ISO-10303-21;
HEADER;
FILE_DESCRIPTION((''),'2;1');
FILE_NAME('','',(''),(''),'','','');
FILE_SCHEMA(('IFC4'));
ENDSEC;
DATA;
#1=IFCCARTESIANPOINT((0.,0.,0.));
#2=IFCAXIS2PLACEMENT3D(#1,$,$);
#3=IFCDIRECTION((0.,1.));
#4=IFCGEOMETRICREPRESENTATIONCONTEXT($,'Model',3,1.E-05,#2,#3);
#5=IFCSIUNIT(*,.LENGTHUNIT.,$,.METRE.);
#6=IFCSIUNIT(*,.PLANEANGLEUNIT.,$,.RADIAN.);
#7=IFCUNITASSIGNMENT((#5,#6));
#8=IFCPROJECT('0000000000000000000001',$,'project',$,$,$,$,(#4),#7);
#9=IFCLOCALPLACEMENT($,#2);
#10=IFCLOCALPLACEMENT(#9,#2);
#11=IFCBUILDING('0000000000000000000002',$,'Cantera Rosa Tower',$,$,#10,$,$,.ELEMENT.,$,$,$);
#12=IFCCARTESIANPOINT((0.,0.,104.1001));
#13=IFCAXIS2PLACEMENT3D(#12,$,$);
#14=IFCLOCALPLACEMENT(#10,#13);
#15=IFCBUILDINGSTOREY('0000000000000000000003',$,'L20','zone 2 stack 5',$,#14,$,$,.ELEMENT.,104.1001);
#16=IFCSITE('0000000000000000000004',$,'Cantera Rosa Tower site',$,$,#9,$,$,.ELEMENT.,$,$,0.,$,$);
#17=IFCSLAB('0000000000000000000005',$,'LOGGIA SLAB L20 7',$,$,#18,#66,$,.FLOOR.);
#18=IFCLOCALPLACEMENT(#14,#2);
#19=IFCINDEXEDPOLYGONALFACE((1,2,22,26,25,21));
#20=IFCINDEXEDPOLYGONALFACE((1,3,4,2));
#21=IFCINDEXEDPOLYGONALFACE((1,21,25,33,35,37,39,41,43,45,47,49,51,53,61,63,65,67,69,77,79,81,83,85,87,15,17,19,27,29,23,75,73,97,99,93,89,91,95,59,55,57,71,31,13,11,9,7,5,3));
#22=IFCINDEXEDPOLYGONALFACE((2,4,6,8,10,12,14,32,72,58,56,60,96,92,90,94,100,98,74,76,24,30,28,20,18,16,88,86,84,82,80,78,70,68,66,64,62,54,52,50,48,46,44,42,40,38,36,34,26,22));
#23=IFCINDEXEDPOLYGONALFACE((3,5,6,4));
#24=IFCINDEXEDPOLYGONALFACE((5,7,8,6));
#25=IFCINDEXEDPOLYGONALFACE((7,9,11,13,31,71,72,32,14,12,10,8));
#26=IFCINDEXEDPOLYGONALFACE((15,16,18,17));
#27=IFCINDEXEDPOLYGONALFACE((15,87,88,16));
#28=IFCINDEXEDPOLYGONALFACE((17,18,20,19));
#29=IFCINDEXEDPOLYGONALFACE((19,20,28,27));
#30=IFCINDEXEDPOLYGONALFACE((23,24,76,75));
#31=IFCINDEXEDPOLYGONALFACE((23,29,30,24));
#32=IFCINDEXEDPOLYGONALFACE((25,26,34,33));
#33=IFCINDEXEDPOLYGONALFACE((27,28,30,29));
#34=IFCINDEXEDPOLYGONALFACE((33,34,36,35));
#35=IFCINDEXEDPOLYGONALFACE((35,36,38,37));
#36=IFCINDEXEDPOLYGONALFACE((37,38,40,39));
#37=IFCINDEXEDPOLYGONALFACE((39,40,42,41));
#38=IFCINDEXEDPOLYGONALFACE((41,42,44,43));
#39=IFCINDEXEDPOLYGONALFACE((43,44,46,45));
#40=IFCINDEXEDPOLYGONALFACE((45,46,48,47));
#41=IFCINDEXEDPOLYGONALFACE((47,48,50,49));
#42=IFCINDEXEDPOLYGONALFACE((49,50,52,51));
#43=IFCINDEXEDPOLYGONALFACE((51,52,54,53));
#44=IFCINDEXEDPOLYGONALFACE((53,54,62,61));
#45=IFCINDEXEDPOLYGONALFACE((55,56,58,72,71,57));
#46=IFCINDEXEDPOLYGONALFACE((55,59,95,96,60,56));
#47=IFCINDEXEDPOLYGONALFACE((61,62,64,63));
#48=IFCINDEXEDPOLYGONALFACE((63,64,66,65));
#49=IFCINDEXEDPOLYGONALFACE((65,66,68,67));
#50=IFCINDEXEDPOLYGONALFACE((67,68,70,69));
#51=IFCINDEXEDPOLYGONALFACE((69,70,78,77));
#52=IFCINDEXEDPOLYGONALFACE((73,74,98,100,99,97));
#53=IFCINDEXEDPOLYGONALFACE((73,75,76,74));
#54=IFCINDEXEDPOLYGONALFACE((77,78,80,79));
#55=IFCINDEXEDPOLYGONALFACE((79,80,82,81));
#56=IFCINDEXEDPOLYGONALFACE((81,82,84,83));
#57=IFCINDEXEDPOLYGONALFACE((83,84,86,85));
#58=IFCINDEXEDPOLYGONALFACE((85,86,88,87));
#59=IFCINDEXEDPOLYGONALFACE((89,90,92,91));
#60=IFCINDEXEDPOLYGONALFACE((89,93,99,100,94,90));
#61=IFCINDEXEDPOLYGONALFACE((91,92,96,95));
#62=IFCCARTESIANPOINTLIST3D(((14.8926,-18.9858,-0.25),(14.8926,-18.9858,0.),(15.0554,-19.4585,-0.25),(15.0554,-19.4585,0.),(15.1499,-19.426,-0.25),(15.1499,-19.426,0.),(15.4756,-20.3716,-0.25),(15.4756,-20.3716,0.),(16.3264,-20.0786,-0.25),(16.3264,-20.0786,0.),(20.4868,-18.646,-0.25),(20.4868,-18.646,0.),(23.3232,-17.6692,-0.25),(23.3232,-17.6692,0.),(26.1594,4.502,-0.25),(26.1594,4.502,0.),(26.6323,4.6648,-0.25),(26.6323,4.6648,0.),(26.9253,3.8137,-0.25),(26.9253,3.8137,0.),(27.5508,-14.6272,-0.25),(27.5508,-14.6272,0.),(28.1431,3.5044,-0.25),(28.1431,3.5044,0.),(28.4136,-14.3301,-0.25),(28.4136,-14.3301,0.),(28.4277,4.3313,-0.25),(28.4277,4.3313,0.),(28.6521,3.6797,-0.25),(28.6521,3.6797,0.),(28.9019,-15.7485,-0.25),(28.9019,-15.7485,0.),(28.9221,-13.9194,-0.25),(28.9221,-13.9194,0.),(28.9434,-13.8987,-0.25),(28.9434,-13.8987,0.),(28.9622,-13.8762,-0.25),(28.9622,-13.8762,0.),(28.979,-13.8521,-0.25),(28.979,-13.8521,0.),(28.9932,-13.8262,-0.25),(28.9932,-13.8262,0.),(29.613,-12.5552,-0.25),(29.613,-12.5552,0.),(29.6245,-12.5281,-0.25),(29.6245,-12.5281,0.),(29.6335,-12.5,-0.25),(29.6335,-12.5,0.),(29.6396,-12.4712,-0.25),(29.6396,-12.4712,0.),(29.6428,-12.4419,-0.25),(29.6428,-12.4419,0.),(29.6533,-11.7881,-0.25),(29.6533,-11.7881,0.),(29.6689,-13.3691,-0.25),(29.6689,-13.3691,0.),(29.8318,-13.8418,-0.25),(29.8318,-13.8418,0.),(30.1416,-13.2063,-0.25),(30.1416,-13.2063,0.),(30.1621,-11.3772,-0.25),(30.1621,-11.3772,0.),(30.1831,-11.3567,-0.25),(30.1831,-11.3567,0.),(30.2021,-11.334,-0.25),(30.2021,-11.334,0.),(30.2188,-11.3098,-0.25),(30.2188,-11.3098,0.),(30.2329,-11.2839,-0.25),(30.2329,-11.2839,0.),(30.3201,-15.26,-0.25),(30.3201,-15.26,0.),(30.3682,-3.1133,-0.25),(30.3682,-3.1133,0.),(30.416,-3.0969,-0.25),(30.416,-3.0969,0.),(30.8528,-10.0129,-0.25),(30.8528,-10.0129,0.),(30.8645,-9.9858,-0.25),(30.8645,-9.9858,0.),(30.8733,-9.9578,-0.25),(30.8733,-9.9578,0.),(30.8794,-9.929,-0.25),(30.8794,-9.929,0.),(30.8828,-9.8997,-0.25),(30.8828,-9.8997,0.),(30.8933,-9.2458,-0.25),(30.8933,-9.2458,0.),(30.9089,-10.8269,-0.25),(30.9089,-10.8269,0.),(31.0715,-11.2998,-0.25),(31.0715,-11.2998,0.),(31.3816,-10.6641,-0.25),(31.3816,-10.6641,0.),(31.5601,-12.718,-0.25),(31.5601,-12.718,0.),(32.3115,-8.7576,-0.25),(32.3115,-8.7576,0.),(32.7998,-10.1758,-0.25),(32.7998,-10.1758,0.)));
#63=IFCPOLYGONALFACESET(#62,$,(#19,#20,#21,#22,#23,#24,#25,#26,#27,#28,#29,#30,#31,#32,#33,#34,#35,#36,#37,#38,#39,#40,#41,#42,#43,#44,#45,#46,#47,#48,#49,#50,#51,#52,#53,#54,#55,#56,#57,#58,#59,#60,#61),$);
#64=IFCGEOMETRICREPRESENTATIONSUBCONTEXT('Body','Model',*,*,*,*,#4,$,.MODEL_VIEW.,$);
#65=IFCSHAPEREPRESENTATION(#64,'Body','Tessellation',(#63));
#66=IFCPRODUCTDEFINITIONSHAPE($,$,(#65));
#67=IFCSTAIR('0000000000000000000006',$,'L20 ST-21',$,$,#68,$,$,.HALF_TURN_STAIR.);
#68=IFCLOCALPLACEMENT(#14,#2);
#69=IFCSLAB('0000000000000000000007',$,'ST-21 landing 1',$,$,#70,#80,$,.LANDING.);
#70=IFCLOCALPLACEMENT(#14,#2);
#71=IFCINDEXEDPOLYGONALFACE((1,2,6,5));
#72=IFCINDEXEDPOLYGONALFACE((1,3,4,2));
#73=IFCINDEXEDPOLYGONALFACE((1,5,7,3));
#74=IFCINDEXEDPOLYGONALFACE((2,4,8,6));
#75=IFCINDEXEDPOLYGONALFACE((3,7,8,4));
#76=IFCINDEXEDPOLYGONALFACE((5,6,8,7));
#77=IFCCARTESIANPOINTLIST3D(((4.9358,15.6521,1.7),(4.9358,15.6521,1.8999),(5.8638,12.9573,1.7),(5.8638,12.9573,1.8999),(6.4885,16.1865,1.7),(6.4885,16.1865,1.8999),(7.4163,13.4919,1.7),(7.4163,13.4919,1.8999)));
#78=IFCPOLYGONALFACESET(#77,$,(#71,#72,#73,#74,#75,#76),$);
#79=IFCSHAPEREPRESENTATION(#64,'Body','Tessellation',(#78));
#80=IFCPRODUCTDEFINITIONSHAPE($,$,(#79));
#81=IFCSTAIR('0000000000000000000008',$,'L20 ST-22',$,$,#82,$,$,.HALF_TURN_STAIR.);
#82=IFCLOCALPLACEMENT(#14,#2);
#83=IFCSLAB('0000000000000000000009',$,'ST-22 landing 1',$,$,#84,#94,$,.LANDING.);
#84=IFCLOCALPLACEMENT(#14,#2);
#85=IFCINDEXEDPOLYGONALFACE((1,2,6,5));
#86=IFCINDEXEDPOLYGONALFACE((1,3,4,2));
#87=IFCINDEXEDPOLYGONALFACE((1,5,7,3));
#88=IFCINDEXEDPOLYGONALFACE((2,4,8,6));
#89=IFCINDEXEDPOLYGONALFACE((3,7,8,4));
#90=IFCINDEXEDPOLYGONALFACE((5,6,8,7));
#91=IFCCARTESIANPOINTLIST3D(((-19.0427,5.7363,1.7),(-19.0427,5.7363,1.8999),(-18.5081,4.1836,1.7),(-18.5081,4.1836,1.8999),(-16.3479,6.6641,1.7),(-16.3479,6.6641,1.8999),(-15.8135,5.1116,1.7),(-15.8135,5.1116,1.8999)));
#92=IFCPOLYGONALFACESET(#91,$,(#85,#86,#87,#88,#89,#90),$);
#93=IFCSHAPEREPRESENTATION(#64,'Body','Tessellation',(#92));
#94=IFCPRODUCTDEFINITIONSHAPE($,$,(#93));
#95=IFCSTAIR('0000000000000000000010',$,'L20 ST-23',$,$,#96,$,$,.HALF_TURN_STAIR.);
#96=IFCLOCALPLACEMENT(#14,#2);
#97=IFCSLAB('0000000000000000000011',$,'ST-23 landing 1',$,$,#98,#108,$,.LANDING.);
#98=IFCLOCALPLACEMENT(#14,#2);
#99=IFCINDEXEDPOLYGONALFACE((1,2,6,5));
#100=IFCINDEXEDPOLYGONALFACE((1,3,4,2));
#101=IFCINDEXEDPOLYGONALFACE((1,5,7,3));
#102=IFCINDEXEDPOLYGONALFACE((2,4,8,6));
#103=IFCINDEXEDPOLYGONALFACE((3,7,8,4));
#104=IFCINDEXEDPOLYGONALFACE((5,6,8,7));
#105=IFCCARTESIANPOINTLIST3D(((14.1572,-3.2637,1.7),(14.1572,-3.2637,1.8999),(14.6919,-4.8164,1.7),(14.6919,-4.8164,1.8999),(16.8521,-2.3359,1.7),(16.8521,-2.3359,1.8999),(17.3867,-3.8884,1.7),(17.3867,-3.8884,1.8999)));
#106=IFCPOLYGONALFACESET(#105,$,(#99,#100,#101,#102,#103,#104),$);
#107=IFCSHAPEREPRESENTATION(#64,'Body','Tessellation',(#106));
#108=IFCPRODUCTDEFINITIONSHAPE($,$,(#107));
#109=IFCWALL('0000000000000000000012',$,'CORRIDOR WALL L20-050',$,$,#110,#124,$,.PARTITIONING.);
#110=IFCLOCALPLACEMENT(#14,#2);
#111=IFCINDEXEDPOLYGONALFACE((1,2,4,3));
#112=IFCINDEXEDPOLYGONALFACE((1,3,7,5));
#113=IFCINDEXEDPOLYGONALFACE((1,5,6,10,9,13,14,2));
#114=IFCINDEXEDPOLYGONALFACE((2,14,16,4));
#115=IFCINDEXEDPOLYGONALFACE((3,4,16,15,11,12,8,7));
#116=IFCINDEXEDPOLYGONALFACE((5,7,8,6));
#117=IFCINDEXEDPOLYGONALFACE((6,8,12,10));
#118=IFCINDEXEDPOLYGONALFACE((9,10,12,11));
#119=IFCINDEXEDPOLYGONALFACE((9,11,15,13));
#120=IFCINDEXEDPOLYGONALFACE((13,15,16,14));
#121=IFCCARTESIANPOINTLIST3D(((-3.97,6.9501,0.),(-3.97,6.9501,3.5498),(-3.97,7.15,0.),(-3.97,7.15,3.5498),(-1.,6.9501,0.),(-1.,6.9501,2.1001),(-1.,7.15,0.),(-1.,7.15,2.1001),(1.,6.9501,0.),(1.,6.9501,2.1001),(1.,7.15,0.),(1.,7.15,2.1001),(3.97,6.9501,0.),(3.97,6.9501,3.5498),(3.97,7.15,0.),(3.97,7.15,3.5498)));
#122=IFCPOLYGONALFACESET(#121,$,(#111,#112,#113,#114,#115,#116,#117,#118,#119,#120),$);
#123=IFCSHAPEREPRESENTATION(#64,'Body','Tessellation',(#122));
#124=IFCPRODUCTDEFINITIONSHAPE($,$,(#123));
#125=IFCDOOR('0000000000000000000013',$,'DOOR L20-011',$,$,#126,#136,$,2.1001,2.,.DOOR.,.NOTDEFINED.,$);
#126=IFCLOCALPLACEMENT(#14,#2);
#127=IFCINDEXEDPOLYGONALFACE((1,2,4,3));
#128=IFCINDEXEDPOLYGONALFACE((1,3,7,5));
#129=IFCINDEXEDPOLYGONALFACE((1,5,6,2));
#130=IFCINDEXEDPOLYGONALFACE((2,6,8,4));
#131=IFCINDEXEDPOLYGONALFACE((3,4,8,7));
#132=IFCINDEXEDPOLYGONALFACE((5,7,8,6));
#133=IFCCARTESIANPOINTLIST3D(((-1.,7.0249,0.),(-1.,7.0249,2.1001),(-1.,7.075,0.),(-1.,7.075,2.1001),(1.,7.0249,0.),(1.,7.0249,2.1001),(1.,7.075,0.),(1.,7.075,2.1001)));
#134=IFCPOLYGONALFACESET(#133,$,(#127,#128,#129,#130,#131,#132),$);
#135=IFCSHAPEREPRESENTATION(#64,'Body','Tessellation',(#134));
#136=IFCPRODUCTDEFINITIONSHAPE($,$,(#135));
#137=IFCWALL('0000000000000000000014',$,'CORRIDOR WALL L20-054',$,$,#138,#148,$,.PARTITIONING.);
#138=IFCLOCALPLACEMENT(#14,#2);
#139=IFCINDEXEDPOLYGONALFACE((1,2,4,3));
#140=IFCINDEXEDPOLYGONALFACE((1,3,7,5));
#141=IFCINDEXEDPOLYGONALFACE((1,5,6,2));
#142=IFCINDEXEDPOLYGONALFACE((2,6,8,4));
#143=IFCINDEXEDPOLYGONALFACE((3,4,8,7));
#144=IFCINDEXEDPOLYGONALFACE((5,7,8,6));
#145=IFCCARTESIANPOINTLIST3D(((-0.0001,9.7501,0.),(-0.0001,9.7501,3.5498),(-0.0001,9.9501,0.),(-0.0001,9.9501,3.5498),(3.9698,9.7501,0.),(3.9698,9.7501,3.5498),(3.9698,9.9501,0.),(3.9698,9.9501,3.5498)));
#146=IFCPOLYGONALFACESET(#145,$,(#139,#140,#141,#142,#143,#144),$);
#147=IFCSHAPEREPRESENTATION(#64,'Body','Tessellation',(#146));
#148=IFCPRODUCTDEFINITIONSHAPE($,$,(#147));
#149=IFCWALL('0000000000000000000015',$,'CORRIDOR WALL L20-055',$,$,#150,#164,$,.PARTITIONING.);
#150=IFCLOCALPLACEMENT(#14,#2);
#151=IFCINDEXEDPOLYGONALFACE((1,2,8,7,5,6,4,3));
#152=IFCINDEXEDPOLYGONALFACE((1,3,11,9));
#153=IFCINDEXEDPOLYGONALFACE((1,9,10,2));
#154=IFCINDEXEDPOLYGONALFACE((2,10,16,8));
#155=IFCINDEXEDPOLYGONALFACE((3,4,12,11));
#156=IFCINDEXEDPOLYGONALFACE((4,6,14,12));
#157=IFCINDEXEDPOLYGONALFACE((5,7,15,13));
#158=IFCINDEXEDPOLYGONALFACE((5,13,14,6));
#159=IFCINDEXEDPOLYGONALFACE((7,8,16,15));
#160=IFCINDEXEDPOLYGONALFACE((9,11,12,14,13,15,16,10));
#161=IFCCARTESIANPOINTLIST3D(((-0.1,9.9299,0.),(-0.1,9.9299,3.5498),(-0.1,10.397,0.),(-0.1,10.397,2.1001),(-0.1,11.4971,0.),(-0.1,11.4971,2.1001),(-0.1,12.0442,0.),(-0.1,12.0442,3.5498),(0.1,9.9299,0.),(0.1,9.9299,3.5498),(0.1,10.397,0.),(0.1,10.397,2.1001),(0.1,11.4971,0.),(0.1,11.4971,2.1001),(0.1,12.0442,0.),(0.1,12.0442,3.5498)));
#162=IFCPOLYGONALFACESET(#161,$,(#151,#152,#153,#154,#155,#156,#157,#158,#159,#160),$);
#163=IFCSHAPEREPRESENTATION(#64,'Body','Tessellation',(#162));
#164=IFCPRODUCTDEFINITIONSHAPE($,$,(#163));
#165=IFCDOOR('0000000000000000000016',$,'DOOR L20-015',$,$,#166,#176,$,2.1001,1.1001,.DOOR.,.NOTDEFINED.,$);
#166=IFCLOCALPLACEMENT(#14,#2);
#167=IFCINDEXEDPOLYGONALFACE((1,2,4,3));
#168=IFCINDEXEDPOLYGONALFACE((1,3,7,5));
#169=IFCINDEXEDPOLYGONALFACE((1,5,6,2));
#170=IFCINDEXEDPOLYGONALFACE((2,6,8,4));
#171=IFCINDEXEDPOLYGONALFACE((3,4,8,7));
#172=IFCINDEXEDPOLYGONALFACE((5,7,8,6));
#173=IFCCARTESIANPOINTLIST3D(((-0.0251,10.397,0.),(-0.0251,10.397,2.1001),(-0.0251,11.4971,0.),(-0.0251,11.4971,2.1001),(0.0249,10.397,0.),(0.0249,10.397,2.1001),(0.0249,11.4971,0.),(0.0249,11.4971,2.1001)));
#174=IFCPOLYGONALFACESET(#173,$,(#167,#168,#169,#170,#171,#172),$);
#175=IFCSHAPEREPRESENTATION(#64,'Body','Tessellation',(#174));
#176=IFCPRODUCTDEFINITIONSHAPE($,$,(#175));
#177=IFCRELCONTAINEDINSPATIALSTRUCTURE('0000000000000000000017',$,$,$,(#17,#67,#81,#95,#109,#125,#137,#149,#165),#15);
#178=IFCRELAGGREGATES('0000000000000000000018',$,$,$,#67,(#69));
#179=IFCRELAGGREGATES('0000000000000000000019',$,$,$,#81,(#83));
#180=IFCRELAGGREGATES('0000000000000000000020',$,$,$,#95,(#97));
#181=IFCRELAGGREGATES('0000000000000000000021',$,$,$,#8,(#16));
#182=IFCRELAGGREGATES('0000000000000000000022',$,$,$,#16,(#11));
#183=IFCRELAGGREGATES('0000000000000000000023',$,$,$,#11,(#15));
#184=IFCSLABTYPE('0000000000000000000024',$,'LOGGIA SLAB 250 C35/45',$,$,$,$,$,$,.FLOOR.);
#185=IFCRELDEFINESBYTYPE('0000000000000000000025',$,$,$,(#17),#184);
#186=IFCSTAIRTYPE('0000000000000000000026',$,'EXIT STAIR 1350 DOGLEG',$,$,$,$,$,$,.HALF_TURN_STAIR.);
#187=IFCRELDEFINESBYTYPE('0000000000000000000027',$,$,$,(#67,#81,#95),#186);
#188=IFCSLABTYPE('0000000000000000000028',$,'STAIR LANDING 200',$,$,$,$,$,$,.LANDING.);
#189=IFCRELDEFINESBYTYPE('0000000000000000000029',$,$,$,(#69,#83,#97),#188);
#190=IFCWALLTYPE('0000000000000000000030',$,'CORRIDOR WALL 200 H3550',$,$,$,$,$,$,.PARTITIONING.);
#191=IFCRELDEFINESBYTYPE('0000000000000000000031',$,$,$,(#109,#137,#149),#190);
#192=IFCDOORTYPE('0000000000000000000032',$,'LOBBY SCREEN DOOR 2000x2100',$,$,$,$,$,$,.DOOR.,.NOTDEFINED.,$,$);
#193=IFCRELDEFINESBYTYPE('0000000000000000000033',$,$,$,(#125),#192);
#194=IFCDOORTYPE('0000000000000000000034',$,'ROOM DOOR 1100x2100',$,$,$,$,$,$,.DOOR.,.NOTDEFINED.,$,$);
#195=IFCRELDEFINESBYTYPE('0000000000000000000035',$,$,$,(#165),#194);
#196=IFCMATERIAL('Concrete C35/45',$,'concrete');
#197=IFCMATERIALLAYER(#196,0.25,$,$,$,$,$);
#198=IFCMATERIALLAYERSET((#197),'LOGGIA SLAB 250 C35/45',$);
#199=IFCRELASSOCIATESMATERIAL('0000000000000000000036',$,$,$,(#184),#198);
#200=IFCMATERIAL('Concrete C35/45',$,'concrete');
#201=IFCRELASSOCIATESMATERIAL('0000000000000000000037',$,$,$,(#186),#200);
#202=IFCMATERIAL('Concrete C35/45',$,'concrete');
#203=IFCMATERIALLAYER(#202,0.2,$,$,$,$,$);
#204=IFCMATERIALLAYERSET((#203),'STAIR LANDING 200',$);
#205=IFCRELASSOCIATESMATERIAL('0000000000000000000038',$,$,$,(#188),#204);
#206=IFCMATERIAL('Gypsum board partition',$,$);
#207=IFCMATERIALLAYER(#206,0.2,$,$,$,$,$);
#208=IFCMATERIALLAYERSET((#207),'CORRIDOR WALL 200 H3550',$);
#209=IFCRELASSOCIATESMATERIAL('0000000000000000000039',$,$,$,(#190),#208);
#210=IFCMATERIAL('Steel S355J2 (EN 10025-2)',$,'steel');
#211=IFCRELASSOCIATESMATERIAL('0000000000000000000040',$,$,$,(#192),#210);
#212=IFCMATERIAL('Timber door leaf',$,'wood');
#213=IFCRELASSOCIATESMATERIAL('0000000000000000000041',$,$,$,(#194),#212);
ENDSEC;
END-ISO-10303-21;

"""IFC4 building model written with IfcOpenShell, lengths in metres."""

from ifc_helpers import new_model, si_unit, direction, frame, frame_2d, origin, place, context, subcontext, project, spatial, polyline, rectangle, outline, extrude, material, layer, layer_set, type_object, element, fill, aggregate, save


model = new_model("IFC4")

# Units and contexts
model_context = context("Model", 3, precision=1e-05, world=origin(), true_north=direction((0.0, 1.0)))
body_context = subcontext(model_context, "Body", "Model", "MODEL_VIEW")
ifc_project = project(units=[si_unit("LENGTHUNIT", "METRE"), si_unit("PLANEANGLEUNIT", "RADIAN")], contexts=[model_context])

# Site, building, storey
site_placement = place(None, origin())
site = spatial("IfcSite", under=ifc_project, at=site_placement, Name="Cantera Rosa Tower site", CompositionType="ELEMENT", RefElevation=0.0)
building_placement = place(site_placement, origin())
building = spatial("IfcBuilding", under=site, at=building_placement, Name="Cantera Rosa Tower", CompositionType="ELEMENT")
storey_placement = place(building_placement, frame((0.0, 0.0, 104.1001)))
storey = spatial("IfcBuildingStorey", under=building, at=storey_placement, Name="L20", Description="zone 2 stack 5", CompositionType="ELEMENT", Elevation=104.1001)

# Slab
ifc_material_1 = material(Name="Concrete C35/45", Category="concrete")
ifc_layer_1 = layer(ifc_material_1, 0.25)
ifc_layer_set_1 = layer_set([ifc_layer_1], Name="LOGGIA SLAB 250 C35/45")
slab_type_1 = type_object("IfcSlabType", Name="LOGGIA SLAB 250 C35/45", PredefinedType="FLOOR", material=ifc_layer_set_1)
slab_1_placement = place(storey_placement, frame((0.0, 0.0, -0.25)))
element("IfcSlab", 1, at=slab_1_placement, inside=storey, type_object=slab_type_1, Name="LOGGIA SLAB L20 7", PredefinedType="FLOOR", context=body_context, shape_type="SweptSolid", body=[
    extrude(outline(polyline([(30.416, -3.0969), (30.3682, -3.1133), (32.3115, -8.7576), (32.7998, -10.1758), (31.3816, -10.6641), (30.9089, -10.8269), (31.0715, -11.2998), (31.5601, -12.718), (30.1416, -13.2063), (29.6689, -13.3691), (29.8318, -13.8418), (30.3201, -15.26), (28.9019, -15.7485), (23.3232, -17.6692), (20.4868, -18.646), (16.3264, -20.0786), (15.4756, -20.3716), (15.1499, -19.426), (15.0554, -19.4585), (14.8926, -18.9858), (27.5508, -14.6272), (28.4136, -14.3301), (28.9221, -13.9194), (28.9434, -13.8987), (28.9622, -13.8762), (28.979, -13.8521), (28.9932, -13.8262), (29.613, -12.5552), (29.6245, -12.5281), (29.6335, -12.5), (29.6396, -12.4712), (29.6428, -12.4419), (29.6533, -11.7881), (30.1621, -11.3772), (30.1831, -11.3567), (30.2021, -11.334), (30.2188, -11.3098), (30.2329, -11.2839), (30.8528, -10.0129), (30.8645, -9.9858), (30.8733, -9.9578), (30.8794, -9.929), (30.8828, -9.8997), (30.8933, -9.2458), (26.1594, 4.502), (26.6323, 4.6648), (26.9253, 3.8137), (28.4277, 4.3313), (28.6521, 3.6797), (28.1431, 3.5044), (30.416, -3.0969)])), origin(), (0.0, 0.0, 1.0), 0.25),
])

# Stairs, slabs
ifc_material_2 = material(Name="Concrete C35/45", Category="concrete")
stair_type = type_object("IfcStairType", Name="EXIT STAIR 1350 DOGLEG", PredefinedType="HALF_TURN_STAIR", material=ifc_material_2)
stair_1_placement = place(storey_placement, origin())
stair_1 = element("IfcStair", 2, at=stair_1_placement, inside=storey, type_object=stair_type, Name="L20 ST-21", PredefinedType="HALF_TURN_STAIR")
ifc_material_3 = material(Name="Concrete C35/45", Category="concrete")
ifc_layer_2 = layer(ifc_material_3, 0.2)
ifc_layer_set_2 = layer_set([ifc_layer_2], Name="STAIR LANDING 200")
slab_type_2 = type_object("IfcSlabType", Name="STAIR LANDING 200", PredefinedType="LANDING", material=ifc_layer_set_2)
slab_2_placement = place(storey_placement, frame((0.0, 0.0, 1.7)))
slab_2 = element("IfcSlab", 3, at=slab_2_placement, type_object=slab_type_2, Name="ST-21 landing 1", PredefinedType="LANDING", context=body_context, shape_type="SweptSolid", body=[
    extrude(outline(polyline([(6.4885, 16.1865), (4.9358, 15.6521), (5.8638, 12.9573), (7.4163, 13.4919), (6.4885, 16.1865)])), origin(), (0.0, 0.0, 1.0), 0.2),
])
aggregate(stair_1, [slab_2])
stair_2_placement = place(storey_placement, origin())
stair_2 = element("IfcStair", 4, at=stair_2_placement, inside=storey, type_object=stair_type, Name="L20 ST-22", PredefinedType="HALF_TURN_STAIR")
slab_3_placement = place(storey_placement, frame((0.0, 0.0, 1.7)))
slab_3 = element("IfcSlab", 5, at=slab_3_placement, type_object=slab_type_2, Name="ST-22 landing 1", PredefinedType="LANDING", context=body_context, shape_type="SweptSolid", body=[
    extrude(outline(polyline([(-15.8135, 5.1116), (-16.3479, 6.6641), (-19.0427, 5.7363), (-18.5081, 4.1836), (-15.8135, 5.1116)])), origin(), (0.0, 0.0, 1.0), 0.2),
])
aggregate(stair_2, [slab_3])
stair_3_placement = place(storey_placement, origin())
stair_3 = element("IfcStair", 6, at=stair_3_placement, inside=storey, type_object=stair_type, Name="L20 ST-23", PredefinedType="HALF_TURN_STAIR")
slab_4_placement = place(storey_placement, frame((0.0, 0.0, 1.7)))
slab_4 = element("IfcSlab", 7, at=slab_4_placement, type_object=slab_type_2, Name="ST-23 landing 1", PredefinedType="LANDING", context=body_context, shape_type="SweptSolid", body=[
    extrude(outline(polyline([(17.3867, -3.8884), (16.8521, -2.3359), (14.1572, -3.2637), (14.6919, -4.8164), (17.3867, -3.8884)])), origin(), (0.0, 0.0, 1.0), 0.2),
])
aggregate(stair_3, [slab_4])

# Wall, opening, door
ifc_material_4 = material(Name="Gypsum board partition")
ifc_layer_3 = layer(ifc_material_4, 0.2)
ifc_layer_set_3 = layer_set([ifc_layer_3], Name="CORRIDOR WALL 200 H3550")
wall_type_1 = type_object("IfcWallType", Name="CORRIDOR WALL 200 H3550", PredefinedType="PARTITIONING", material=ifc_layer_set_3)
wall_1_placement = place(storey_placement, frame((-3.97, 7.05, 0.0), z_axis=(0.0, 0.0, 1.0), x_axis=(1.0, 0.0, 0.0)))
wall_1 = element("IfcWall", 8, at=wall_1_placement, inside=storey, type_object=wall_type_1, Name="CORRIDOR WALL L20-050", PredefinedType="PARTITIONING", context=body_context, shape_type="SweptSolid", body=[
    extrude(rectangle(XDim=7.9399, YDim=0.2, at=frame_2d((3.97, 0.0))), origin(), (0.0, 0.0, 1.0), 3.5498),
])
opening_1_placement = place(wall_1_placement, frame((2.97, 0.0, 0.0)))
opening_1 = element("IfcOpeningElement", 9, at=opening_1_placement, cuts=wall_1, PredefinedType="OPENING", context=body_context, shape_type="SweptSolid", body=[
    extrude(rectangle(XDim=2.0, YDim=2.1001, at=frame_2d((1.0, 1.05))), frame((0.0, 0.1099, 0.0), z_axis=(0.0, -1.0, 0.0), x_axis=(1.0, 0.0, 0.0)), (0.0, 0.0, 1.0), 0.22),
])
ifc_material_5 = material(Name="Steel S355J2 (EN 10025-2)", Category="steel")
door_type_1 = type_object("IfcDoorType", Name="LOBBY SCREEN DOOR 2000x2100", OperationType="NOTDEFINED", PredefinedType="DOOR", material=ifc_material_5)
door_1_placement = place(opening_1_placement, origin())
door_1 = element("IfcDoor", 10, at=door_1_placement, inside=storey, type_object=door_type_1, Name="DOOR L20-011", OperationType="NOTDEFINED", OverallHeight=2.1001, OverallWidth=2.0, PredefinedType="DOOR", context=body_context, shape_type="SweptSolid", body=[
    extrude(rectangle(XDim=2.0, YDim=2.1001, at=frame_2d((1.0, 1.05))), frame((0.0, 0.0249, 0.0), z_axis=(0.0, -1.0, 0.0), x_axis=(1.0, 0.0, 0.0)), (0.0, 0.0, 1.0), 0.05),
])
fill(opening_1, door_1)

# Wall
wall_2_placement = place(storey_placement, frame((0.0, 9.8501, 0.0), z_axis=(0.0, 0.0, 1.0), x_axis=(1.0, 0.0, 0.0)))
element("IfcWall", 11, at=wall_2_placement, inside=storey, type_object=wall_type_1, Name="CORRIDOR WALL L20-054", PredefinedType="PARTITIONING", context=body_context, shape_type="SweptSolid", body=[
    extrude(rectangle(XDim=3.97, YDim=0.2, at=frame_2d((1.9849, 0.0))), origin(), (0.0, 0.0, 1.0), 3.5498),
])

# Wall, opening, door
wall_3_placement = place(storey_placement, frame((0.0, 12.0442, 0.0), z_axis=(0.0, 0.0, 1.0), x_axis=(0.0, -1.0, 0.0)))
wall_3 = element("IfcWall", 12, at=wall_3_placement, inside=storey, type_object=wall_type_1, Name="CORRIDOR WALL L20-055", PredefinedType="PARTITIONING", context=body_context, shape_type="SweptSolid", body=[
    extrude(rectangle(XDim=2.1143, YDim=0.2, at=frame_2d((1.0571, 0.0))), origin(), (0.0, 0.0, 1.0), 3.5498),
])
opening_2_placement = place(wall_3_placement, frame((0.5471, 0.0, 0.0)))
opening_2 = element("IfcOpeningElement", 13, at=opening_2_placement, cuts=wall_3, PredefinedType="OPENING", context=body_context, shape_type="SweptSolid", body=[
    extrude(rectangle(XDim=1.1001, YDim=2.1001, at=frame_2d((0.55, 1.05))), frame((0.0, 0.1099, 0.0), z_axis=(0.0, -1.0, 0.0), x_axis=(1.0, 0.0, 0.0)), (0.0, 0.0, 1.0), 0.22),
])
ifc_material_6 = material(Name="Timber door leaf", Category="wood")
door_type_2 = type_object("IfcDoorType", Name="ROOM DOOR 1100x2100", OperationType="NOTDEFINED", PredefinedType="DOOR", material=ifc_material_6)
door_2_placement = place(opening_2_placement, origin())
door_2 = element("IfcDoor", 14, at=door_2_placement, inside=storey, type_object=door_type_2, Name="DOOR L20-015", OperationType="NOTDEFINED", OverallHeight=2.1001, OverallWidth=1.1001, PredefinedType="DOOR", context=body_context, shape_type="SweptSolid", body=[
    extrude(rectangle(XDim=1.1001, YDim=2.1001, at=frame_2d((0.55, 1.05))), frame((0.0, 0.0249, 0.0), z_axis=(0.0, -1.0, 0.0), x_axis=(1.0, 0.0, 0.0)), (0.0, 0.0, 1.0), 0.05),
])
fill(opening_2, door_2)

save(model, "model.ifc")
